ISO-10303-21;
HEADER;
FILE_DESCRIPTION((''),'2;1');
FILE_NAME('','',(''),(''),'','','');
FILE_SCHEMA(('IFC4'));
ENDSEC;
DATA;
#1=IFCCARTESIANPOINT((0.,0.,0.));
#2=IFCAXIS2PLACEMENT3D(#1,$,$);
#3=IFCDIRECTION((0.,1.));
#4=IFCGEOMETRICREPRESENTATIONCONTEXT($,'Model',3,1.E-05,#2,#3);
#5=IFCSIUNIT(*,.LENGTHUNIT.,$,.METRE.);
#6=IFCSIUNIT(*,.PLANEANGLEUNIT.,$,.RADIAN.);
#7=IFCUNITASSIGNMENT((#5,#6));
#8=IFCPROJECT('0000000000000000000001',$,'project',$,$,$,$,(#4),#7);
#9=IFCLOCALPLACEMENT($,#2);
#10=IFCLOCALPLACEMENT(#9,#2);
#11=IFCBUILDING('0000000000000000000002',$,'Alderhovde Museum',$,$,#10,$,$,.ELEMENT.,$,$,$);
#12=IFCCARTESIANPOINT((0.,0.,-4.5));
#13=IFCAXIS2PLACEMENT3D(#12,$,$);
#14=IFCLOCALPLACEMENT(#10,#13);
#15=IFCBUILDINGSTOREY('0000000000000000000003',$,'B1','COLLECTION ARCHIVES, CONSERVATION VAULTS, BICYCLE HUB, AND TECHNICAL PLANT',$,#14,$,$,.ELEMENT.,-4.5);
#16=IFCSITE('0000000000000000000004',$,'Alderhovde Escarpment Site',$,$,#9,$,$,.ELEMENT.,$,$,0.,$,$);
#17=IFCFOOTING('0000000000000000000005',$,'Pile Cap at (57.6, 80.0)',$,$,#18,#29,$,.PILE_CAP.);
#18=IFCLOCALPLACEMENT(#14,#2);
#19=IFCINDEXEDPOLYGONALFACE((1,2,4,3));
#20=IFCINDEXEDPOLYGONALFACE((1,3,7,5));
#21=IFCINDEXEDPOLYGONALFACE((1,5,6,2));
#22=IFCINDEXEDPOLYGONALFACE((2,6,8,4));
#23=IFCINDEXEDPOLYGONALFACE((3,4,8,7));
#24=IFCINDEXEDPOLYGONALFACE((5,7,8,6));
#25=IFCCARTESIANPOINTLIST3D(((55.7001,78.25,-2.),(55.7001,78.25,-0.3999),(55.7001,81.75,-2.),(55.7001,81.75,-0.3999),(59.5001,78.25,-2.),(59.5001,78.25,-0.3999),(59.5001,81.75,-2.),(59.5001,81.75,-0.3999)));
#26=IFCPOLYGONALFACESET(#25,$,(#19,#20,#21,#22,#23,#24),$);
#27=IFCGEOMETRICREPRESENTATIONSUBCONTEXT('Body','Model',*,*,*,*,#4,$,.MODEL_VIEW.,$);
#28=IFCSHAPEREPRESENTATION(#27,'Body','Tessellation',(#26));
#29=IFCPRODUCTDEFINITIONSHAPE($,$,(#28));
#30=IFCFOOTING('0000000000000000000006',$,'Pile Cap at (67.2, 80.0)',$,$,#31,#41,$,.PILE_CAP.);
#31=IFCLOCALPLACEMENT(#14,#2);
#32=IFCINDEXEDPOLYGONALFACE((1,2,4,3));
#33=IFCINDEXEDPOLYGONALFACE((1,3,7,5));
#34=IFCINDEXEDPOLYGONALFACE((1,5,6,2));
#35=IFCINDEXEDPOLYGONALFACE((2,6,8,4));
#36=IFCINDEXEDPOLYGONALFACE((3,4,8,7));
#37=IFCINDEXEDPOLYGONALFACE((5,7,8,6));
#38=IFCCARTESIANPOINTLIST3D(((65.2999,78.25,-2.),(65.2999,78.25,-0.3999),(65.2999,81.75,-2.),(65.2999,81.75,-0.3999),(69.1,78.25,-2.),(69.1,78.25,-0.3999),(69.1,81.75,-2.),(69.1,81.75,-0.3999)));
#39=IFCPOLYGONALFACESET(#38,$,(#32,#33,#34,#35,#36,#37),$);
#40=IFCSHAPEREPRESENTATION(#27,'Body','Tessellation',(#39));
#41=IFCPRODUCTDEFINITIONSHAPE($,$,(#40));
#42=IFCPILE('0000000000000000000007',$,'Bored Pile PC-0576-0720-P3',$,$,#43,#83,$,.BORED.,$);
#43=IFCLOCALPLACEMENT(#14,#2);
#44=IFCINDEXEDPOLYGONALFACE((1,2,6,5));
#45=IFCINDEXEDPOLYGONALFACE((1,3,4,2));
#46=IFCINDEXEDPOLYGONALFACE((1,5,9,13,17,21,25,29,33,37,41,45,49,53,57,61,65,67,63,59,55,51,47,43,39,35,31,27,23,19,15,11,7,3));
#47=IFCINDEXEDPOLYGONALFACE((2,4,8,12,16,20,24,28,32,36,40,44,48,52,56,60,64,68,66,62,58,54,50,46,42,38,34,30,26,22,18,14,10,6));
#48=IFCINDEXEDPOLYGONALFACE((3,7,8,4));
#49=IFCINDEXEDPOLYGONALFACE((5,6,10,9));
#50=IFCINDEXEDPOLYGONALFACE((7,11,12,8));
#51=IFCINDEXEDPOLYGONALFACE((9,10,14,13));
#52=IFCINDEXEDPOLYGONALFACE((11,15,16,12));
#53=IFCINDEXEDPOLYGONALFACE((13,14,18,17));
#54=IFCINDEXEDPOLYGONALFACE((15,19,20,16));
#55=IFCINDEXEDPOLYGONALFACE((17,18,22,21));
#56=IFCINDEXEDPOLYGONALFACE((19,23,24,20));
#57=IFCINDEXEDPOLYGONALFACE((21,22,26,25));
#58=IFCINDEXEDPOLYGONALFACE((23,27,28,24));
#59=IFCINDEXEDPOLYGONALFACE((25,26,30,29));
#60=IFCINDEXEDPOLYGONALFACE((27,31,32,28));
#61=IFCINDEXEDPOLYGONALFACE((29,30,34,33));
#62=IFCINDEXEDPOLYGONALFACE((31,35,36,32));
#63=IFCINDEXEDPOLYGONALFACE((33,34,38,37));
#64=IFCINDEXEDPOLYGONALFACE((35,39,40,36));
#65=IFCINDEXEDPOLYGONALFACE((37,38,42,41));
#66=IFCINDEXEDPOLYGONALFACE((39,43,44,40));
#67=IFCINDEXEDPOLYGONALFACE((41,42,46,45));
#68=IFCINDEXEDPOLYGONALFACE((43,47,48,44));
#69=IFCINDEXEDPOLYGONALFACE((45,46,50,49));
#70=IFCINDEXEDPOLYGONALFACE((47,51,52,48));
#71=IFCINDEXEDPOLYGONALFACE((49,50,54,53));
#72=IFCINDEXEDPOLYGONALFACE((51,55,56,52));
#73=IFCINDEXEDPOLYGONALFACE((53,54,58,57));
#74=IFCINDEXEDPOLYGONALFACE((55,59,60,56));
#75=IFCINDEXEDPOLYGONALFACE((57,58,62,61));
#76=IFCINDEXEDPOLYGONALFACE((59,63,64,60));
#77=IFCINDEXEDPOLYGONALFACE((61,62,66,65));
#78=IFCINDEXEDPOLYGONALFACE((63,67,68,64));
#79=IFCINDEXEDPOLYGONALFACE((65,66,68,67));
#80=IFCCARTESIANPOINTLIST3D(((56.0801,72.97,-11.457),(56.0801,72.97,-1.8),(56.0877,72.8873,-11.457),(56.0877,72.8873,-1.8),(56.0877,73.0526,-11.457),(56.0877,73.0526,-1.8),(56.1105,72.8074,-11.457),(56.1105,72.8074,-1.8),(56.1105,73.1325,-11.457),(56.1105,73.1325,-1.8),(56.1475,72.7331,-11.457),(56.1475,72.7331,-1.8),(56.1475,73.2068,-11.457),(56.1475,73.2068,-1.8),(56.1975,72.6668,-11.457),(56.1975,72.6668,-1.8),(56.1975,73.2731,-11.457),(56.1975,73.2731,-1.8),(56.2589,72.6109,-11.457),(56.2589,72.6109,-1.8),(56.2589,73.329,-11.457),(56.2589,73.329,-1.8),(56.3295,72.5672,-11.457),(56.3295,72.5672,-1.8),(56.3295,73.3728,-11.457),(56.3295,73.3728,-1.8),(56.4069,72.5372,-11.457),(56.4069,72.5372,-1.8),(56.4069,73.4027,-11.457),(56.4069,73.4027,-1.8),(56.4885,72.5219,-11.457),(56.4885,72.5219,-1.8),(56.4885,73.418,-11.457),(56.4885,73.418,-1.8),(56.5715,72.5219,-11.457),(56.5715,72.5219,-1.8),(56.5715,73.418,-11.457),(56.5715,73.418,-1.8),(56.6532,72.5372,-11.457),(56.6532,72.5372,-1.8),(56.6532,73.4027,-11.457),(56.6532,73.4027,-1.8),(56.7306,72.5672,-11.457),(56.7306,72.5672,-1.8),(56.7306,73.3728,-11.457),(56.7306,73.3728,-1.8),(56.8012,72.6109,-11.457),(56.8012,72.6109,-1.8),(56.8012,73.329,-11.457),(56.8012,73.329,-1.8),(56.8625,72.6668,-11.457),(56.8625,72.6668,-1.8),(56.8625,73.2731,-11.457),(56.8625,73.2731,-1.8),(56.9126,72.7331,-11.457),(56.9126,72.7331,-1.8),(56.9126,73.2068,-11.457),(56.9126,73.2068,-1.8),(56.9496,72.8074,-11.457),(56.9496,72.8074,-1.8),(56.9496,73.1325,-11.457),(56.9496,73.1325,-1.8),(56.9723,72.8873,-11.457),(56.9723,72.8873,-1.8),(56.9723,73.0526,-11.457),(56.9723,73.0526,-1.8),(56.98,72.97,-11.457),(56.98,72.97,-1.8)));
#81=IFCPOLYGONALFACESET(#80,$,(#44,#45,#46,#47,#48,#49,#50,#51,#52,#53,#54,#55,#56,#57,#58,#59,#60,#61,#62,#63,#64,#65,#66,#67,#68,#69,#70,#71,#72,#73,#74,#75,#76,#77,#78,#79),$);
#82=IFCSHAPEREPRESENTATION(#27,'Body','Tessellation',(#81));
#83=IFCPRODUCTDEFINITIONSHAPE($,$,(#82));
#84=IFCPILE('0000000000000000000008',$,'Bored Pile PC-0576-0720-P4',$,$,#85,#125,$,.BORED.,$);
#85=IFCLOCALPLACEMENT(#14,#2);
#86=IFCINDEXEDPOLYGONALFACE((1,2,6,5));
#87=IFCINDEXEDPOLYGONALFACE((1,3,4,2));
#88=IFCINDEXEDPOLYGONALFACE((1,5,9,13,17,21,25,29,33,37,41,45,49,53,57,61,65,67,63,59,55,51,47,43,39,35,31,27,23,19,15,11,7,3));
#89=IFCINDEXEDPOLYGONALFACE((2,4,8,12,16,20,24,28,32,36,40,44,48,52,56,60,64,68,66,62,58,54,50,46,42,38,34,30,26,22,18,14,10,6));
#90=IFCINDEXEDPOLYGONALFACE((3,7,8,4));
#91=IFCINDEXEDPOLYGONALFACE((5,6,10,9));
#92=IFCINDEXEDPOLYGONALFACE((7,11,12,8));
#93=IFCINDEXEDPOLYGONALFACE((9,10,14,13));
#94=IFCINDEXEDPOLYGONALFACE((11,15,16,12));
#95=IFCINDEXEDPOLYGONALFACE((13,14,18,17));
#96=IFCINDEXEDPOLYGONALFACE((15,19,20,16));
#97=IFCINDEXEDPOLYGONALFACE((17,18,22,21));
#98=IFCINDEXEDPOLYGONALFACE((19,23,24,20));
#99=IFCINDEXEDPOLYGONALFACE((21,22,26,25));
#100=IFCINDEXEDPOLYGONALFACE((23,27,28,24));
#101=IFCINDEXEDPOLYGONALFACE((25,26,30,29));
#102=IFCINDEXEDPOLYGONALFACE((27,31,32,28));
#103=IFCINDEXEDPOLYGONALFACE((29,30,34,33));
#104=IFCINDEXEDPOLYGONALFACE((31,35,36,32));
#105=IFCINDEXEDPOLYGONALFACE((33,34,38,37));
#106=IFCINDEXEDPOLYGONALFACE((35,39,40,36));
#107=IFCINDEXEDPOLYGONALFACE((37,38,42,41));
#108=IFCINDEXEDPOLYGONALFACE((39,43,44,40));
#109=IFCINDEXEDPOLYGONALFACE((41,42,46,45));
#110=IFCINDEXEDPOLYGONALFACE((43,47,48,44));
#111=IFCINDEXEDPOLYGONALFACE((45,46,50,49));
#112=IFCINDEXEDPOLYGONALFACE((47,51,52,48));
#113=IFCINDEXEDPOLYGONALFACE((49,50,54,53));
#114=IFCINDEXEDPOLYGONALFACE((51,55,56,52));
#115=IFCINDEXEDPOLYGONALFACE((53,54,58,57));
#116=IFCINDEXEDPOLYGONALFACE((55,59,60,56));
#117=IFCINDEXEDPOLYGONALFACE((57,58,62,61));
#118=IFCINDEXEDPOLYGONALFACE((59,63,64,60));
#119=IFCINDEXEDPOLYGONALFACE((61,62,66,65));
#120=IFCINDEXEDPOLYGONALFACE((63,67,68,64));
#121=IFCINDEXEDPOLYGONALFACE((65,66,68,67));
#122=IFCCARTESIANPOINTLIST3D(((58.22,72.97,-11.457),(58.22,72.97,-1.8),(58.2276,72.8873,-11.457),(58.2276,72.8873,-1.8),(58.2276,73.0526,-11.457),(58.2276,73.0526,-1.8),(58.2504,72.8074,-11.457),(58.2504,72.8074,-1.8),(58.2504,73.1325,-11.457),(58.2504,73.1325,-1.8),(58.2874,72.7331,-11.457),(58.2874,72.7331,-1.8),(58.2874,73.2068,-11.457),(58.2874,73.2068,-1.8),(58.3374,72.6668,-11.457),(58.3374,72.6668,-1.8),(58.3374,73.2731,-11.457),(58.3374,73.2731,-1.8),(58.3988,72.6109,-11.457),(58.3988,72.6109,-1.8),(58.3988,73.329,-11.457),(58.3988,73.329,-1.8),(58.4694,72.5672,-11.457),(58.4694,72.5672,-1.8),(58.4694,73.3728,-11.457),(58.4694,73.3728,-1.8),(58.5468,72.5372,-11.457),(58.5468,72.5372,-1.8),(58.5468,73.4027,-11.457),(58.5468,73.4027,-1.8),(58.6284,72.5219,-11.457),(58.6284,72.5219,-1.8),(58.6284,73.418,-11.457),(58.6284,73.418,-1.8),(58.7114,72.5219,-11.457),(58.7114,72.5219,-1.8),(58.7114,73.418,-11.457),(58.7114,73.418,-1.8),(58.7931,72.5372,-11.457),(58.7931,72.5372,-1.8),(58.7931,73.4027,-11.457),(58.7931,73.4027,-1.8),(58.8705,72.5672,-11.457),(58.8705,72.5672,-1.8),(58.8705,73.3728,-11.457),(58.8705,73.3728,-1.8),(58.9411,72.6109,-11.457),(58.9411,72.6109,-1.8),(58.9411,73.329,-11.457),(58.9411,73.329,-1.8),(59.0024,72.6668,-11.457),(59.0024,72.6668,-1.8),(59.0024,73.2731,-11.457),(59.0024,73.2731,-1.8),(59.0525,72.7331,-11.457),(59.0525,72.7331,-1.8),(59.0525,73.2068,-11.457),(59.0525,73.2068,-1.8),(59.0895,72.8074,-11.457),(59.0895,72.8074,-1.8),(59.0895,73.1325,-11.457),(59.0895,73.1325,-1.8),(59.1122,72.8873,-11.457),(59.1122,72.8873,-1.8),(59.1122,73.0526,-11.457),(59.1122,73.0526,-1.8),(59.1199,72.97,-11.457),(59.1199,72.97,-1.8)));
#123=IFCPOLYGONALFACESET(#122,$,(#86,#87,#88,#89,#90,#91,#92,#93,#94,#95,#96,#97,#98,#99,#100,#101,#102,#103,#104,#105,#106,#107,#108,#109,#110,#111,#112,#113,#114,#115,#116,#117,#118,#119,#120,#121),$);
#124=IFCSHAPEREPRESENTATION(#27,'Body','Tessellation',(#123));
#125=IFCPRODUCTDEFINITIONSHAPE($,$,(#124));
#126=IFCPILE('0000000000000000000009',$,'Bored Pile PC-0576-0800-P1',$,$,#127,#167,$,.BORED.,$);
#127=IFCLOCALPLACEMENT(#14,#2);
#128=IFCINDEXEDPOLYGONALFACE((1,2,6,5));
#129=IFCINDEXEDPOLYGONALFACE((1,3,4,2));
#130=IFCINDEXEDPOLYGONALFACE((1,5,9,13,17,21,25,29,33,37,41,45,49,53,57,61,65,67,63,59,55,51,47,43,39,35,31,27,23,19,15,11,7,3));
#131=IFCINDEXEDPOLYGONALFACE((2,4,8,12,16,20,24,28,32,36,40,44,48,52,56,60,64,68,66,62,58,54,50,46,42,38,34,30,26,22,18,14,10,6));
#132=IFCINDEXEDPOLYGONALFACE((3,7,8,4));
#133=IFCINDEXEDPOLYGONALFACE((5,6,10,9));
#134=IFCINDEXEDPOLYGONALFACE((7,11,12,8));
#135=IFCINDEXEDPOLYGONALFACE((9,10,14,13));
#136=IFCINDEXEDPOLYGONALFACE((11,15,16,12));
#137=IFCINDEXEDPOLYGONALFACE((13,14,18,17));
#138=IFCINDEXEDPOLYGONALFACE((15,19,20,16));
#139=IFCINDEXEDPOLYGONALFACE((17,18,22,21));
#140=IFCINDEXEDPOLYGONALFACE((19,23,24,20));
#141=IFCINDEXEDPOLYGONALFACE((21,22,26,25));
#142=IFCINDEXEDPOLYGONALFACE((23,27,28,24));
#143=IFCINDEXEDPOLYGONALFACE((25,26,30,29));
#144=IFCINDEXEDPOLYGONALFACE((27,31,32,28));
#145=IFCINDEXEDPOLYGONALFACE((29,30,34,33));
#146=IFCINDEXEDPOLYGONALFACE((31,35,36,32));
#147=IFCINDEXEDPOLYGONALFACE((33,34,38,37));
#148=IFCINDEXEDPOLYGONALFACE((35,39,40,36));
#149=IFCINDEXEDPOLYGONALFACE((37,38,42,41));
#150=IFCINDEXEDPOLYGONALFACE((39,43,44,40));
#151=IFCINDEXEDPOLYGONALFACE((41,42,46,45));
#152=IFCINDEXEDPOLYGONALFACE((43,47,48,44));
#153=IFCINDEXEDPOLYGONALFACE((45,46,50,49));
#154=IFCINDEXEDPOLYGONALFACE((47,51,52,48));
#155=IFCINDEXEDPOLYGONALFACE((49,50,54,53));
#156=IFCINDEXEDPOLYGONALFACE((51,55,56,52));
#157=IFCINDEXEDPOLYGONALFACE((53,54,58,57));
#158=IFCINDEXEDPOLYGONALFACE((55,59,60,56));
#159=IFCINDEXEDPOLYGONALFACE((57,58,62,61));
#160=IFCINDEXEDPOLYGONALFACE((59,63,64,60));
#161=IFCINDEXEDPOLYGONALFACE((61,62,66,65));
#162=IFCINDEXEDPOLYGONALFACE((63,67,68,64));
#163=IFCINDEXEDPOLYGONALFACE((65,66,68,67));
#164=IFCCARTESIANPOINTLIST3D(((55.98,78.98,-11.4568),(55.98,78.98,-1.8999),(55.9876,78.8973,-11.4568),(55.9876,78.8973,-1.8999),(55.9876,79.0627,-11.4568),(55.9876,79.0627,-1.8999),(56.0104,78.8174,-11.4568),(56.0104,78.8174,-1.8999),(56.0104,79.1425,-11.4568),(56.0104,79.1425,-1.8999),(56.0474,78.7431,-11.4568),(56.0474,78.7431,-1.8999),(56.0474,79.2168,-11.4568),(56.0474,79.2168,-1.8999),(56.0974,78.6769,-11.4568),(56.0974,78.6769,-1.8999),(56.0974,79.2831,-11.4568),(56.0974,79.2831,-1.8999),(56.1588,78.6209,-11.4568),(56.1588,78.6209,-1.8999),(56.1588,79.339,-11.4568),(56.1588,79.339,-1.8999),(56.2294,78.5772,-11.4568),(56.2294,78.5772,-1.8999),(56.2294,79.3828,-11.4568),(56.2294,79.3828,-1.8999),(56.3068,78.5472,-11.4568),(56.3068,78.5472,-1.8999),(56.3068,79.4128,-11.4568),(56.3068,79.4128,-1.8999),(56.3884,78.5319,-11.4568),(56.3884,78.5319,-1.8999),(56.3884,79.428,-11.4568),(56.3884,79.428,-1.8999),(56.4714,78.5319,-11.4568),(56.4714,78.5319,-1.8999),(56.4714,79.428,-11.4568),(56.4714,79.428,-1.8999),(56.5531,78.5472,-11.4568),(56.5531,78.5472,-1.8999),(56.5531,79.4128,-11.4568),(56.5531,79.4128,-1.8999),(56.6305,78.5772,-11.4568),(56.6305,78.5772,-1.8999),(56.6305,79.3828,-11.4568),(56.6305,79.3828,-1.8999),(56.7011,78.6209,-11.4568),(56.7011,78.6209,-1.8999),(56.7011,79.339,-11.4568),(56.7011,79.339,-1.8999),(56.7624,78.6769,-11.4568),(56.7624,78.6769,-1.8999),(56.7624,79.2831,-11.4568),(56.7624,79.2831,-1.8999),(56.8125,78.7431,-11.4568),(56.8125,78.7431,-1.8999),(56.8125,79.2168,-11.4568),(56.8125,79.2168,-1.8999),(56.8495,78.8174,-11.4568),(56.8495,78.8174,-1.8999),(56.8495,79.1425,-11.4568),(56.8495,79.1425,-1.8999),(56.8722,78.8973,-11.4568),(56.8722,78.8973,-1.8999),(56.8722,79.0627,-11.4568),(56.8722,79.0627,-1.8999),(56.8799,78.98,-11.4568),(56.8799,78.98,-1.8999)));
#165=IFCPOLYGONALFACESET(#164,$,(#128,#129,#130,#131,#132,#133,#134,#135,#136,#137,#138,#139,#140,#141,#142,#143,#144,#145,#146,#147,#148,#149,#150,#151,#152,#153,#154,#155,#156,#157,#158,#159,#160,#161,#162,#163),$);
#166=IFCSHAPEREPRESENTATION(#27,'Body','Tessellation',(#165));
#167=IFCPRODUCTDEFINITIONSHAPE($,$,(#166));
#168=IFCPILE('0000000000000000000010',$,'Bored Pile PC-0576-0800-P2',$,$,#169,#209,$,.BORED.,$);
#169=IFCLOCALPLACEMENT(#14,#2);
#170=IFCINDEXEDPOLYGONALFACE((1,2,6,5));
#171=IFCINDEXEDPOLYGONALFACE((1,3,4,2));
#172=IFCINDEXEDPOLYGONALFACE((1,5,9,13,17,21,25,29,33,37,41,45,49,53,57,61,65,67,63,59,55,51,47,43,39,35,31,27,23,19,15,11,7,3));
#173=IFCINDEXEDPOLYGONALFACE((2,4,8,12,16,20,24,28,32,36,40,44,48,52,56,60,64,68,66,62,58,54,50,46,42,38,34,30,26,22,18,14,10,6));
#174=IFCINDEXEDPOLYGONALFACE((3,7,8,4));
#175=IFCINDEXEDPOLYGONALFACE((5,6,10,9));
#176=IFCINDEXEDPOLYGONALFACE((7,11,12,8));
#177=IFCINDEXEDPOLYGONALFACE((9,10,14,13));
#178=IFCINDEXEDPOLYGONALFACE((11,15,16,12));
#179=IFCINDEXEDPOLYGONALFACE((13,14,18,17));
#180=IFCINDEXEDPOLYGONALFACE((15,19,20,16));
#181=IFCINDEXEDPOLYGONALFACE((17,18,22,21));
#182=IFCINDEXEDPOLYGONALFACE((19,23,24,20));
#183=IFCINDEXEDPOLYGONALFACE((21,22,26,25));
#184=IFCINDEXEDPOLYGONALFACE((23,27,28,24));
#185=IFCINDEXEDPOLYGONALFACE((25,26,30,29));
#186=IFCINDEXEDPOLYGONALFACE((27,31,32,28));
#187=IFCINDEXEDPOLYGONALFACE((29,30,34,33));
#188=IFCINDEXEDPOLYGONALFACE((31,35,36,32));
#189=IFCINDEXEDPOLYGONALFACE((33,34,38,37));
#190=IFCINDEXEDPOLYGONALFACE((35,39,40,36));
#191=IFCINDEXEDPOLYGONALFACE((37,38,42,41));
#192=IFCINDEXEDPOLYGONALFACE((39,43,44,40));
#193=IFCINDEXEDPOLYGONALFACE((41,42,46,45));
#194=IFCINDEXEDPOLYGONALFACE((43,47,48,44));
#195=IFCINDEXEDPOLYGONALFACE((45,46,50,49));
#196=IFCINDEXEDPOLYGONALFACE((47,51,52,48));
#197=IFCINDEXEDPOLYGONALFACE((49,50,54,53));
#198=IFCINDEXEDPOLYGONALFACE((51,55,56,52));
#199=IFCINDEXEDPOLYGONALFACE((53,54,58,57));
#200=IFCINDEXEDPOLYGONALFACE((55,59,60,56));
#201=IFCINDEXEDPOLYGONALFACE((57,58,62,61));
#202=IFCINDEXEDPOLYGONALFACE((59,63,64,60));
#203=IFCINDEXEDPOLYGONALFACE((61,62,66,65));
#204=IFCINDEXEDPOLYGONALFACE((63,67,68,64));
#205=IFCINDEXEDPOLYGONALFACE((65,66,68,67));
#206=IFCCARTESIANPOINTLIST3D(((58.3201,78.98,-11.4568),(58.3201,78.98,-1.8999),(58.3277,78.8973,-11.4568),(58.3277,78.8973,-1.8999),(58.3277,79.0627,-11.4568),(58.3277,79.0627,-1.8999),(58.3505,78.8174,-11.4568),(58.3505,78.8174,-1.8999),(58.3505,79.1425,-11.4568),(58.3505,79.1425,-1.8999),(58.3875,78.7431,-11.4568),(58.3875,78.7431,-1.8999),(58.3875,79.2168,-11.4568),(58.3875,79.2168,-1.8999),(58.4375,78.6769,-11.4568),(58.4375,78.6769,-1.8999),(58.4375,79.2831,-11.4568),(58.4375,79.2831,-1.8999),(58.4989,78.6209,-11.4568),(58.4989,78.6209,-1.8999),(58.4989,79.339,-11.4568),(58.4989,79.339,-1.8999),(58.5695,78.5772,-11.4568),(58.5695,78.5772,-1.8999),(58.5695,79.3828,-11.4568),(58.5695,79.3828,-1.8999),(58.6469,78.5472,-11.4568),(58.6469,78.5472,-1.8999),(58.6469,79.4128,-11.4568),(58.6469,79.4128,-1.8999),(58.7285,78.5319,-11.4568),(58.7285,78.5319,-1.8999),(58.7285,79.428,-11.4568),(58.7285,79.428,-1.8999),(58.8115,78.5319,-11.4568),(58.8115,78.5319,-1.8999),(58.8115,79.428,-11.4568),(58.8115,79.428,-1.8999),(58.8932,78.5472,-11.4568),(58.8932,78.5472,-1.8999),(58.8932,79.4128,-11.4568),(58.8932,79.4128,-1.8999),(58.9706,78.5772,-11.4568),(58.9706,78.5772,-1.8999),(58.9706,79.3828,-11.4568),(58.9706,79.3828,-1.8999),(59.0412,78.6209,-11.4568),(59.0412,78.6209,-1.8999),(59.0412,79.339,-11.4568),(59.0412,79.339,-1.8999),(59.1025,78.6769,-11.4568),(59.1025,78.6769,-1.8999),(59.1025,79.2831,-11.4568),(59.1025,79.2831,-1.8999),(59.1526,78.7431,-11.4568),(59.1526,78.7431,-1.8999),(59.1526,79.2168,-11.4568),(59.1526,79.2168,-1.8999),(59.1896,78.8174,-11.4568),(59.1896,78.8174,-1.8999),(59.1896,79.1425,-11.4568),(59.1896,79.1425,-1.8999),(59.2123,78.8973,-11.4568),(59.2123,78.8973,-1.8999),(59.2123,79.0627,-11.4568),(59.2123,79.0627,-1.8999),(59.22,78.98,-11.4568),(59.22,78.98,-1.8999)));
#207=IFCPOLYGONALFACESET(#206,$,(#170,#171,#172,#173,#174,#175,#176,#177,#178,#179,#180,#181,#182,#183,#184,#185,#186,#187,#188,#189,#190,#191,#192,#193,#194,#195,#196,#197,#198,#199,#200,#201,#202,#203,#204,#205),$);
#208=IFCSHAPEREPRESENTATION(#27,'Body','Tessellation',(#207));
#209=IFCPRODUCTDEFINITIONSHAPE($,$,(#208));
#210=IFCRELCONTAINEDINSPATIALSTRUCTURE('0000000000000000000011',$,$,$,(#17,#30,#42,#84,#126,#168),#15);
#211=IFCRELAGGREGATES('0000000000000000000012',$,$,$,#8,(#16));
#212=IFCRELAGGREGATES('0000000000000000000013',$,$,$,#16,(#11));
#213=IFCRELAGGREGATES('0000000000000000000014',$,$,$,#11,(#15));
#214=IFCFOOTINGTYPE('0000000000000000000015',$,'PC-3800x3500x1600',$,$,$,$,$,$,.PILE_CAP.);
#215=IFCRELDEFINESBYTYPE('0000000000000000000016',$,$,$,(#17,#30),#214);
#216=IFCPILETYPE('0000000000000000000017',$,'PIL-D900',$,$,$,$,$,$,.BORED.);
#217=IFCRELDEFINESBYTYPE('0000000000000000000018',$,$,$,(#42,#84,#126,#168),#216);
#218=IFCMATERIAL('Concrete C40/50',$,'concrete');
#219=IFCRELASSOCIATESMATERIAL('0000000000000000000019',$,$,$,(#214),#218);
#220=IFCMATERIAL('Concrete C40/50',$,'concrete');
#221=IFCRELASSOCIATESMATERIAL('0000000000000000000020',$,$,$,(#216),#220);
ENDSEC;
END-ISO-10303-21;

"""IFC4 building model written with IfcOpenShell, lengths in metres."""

from ifc_helpers import new_model, si_unit, direction, frame, origin, origin_2d, place, context, subcontext, project, spatial, rectangle, circle, extrude, material, material_profile, profile_set, type_object, element, save


model = new_model("IFC4")

# Units and contexts
model_context = context("Model", 3, precision=1e-05, world=origin(), true_north=direction((0.0, 1.0)))
body_context = subcontext(model_context, "Body", "Model", "MODEL_VIEW")
ifc_project = project(units=[si_unit("LENGTHUNIT", "METRE"), si_unit("PLANEANGLEUNIT", "RADIAN")], contexts=[model_context])

# Site, building, storey
site_placement = place(None, origin())
site = spatial("IfcSite", under=ifc_project, at=site_placement, Name="Alderhovde Escarpment Site", CompositionType="ELEMENT", RefElevation=0.0)
building_placement = place(site_placement, origin())
building = spatial("IfcBuilding", under=site, at=building_placement, Name="Alderhovde Museum", CompositionType="ELEMENT")
storey_placement = place(building_placement, frame((0.0, 0.0, -4.5)))
storey = spatial("IfcBuildingStorey", under=building, at=storey_placement, Name="B1", Description="COLLECTION ARCHIVES, CONSERVATION VAULTS, BICYCLE HUB, AND TECHNICAL PLANT", CompositionType="ELEMENT", Elevation=-4.5)

# Footings
ifc_material_1 = material(Name="Concrete C40/50", Category="concrete")
footing_type = type_object("IfcFootingType", Name="PC-3800x3500x1600", PredefinedType="PILE_CAP", material=ifc_material_1)
for number, where, z_axis, x_axis, name in (
    (1, (57.6001, 80.0, -2.0), (0.0, 0.0, 1.0), (1.0, 0.0, 0.0), "Pile Cap at (57.6, 80.0)"),
    (2, (67.2, 80.0, -2.0), (0.0, 0.0, 1.0), (1.0, 0.0, 0.0), "Pile Cap at (67.2, 80.0)"),
):
    element("IfcFooting", number, at=place(storey_placement, frame(where, z_axis=z_axis, x_axis=x_axis)), inside=storey, type_object=footing_type, Name=name, PredefinedType="PILE_CAP", context=body_context, shape_type="SweptSolid", body=[
        extrude(rectangle(XDim=3.8, YDim=3.5, at=origin_2d()), origin(), (0.0, 0.0, 1.0), 1.6001),
    ])

# Piles
ifc_material_2 = material(Name="Concrete C40/50", Category="concrete")
ifc_material_profile_1 = material_profile(ifc_material_2, circle(Radius=0.45, at=origin_2d()), Name="PILE-D900")
ifc_profile_set_1 = profile_set([ifc_material_profile_1], Name="Concrete C40/50")
pile_type = type_object("IfcPileType", Name="PIL-D900", PredefinedType="BORED", material=ifc_profile_set_1)
for number, where, z_axis, x_axis, name in (
    (3, (56.53, 72.97, -1.8), (0.0, 0.0, -1.0), (1.0, 0.0, 0.0), "Bored Pile PC-0576-0720-P3"),
    (4, (58.6699, 72.97, -1.8), (0.0, 0.0, -1.0), (1.0, 0.0, 0.0), "Bored Pile PC-0576-0720-P4"),
):
    element("IfcPile", number, at=place(storey_placement, frame(where, z_axis=z_axis, x_axis=x_axis)), inside=storey, type_object=pile_type, Name=name, PredefinedType="BORED", context=body_context, shape_type="SweptSolid", body=[
        extrude(circle(Radius=0.45, at=origin_2d()), origin(), (0.0, 0.0, 1.0), 9.657),
    ])
for number, where, z_axis, x_axis, name in (
    (5, (56.4299, 78.98, -1.8999), (0.0, 0.0, -1.0), (1.0, 0.0, 0.0), "Bored Pile PC-0576-0800-P1"),
    (6, (58.77, 78.98, -1.8999), (0.0, 0.0, -1.0), (1.0, 0.0, 0.0), "Bored Pile PC-0576-0800-P2"),
):
    element("IfcPile", number, at=place(storey_placement, frame(where, z_axis=z_axis, x_axis=x_axis)), inside=storey, type_object=pile_type, Name=name, PredefinedType="BORED", context=body_context, shape_type="SweptSolid", body=[
        extrude(circle(Radius=0.45, at=origin_2d()), origin(), (0.0, 0.0, 1.0), 9.5569),
    ])

save(model, "model.ifc")
